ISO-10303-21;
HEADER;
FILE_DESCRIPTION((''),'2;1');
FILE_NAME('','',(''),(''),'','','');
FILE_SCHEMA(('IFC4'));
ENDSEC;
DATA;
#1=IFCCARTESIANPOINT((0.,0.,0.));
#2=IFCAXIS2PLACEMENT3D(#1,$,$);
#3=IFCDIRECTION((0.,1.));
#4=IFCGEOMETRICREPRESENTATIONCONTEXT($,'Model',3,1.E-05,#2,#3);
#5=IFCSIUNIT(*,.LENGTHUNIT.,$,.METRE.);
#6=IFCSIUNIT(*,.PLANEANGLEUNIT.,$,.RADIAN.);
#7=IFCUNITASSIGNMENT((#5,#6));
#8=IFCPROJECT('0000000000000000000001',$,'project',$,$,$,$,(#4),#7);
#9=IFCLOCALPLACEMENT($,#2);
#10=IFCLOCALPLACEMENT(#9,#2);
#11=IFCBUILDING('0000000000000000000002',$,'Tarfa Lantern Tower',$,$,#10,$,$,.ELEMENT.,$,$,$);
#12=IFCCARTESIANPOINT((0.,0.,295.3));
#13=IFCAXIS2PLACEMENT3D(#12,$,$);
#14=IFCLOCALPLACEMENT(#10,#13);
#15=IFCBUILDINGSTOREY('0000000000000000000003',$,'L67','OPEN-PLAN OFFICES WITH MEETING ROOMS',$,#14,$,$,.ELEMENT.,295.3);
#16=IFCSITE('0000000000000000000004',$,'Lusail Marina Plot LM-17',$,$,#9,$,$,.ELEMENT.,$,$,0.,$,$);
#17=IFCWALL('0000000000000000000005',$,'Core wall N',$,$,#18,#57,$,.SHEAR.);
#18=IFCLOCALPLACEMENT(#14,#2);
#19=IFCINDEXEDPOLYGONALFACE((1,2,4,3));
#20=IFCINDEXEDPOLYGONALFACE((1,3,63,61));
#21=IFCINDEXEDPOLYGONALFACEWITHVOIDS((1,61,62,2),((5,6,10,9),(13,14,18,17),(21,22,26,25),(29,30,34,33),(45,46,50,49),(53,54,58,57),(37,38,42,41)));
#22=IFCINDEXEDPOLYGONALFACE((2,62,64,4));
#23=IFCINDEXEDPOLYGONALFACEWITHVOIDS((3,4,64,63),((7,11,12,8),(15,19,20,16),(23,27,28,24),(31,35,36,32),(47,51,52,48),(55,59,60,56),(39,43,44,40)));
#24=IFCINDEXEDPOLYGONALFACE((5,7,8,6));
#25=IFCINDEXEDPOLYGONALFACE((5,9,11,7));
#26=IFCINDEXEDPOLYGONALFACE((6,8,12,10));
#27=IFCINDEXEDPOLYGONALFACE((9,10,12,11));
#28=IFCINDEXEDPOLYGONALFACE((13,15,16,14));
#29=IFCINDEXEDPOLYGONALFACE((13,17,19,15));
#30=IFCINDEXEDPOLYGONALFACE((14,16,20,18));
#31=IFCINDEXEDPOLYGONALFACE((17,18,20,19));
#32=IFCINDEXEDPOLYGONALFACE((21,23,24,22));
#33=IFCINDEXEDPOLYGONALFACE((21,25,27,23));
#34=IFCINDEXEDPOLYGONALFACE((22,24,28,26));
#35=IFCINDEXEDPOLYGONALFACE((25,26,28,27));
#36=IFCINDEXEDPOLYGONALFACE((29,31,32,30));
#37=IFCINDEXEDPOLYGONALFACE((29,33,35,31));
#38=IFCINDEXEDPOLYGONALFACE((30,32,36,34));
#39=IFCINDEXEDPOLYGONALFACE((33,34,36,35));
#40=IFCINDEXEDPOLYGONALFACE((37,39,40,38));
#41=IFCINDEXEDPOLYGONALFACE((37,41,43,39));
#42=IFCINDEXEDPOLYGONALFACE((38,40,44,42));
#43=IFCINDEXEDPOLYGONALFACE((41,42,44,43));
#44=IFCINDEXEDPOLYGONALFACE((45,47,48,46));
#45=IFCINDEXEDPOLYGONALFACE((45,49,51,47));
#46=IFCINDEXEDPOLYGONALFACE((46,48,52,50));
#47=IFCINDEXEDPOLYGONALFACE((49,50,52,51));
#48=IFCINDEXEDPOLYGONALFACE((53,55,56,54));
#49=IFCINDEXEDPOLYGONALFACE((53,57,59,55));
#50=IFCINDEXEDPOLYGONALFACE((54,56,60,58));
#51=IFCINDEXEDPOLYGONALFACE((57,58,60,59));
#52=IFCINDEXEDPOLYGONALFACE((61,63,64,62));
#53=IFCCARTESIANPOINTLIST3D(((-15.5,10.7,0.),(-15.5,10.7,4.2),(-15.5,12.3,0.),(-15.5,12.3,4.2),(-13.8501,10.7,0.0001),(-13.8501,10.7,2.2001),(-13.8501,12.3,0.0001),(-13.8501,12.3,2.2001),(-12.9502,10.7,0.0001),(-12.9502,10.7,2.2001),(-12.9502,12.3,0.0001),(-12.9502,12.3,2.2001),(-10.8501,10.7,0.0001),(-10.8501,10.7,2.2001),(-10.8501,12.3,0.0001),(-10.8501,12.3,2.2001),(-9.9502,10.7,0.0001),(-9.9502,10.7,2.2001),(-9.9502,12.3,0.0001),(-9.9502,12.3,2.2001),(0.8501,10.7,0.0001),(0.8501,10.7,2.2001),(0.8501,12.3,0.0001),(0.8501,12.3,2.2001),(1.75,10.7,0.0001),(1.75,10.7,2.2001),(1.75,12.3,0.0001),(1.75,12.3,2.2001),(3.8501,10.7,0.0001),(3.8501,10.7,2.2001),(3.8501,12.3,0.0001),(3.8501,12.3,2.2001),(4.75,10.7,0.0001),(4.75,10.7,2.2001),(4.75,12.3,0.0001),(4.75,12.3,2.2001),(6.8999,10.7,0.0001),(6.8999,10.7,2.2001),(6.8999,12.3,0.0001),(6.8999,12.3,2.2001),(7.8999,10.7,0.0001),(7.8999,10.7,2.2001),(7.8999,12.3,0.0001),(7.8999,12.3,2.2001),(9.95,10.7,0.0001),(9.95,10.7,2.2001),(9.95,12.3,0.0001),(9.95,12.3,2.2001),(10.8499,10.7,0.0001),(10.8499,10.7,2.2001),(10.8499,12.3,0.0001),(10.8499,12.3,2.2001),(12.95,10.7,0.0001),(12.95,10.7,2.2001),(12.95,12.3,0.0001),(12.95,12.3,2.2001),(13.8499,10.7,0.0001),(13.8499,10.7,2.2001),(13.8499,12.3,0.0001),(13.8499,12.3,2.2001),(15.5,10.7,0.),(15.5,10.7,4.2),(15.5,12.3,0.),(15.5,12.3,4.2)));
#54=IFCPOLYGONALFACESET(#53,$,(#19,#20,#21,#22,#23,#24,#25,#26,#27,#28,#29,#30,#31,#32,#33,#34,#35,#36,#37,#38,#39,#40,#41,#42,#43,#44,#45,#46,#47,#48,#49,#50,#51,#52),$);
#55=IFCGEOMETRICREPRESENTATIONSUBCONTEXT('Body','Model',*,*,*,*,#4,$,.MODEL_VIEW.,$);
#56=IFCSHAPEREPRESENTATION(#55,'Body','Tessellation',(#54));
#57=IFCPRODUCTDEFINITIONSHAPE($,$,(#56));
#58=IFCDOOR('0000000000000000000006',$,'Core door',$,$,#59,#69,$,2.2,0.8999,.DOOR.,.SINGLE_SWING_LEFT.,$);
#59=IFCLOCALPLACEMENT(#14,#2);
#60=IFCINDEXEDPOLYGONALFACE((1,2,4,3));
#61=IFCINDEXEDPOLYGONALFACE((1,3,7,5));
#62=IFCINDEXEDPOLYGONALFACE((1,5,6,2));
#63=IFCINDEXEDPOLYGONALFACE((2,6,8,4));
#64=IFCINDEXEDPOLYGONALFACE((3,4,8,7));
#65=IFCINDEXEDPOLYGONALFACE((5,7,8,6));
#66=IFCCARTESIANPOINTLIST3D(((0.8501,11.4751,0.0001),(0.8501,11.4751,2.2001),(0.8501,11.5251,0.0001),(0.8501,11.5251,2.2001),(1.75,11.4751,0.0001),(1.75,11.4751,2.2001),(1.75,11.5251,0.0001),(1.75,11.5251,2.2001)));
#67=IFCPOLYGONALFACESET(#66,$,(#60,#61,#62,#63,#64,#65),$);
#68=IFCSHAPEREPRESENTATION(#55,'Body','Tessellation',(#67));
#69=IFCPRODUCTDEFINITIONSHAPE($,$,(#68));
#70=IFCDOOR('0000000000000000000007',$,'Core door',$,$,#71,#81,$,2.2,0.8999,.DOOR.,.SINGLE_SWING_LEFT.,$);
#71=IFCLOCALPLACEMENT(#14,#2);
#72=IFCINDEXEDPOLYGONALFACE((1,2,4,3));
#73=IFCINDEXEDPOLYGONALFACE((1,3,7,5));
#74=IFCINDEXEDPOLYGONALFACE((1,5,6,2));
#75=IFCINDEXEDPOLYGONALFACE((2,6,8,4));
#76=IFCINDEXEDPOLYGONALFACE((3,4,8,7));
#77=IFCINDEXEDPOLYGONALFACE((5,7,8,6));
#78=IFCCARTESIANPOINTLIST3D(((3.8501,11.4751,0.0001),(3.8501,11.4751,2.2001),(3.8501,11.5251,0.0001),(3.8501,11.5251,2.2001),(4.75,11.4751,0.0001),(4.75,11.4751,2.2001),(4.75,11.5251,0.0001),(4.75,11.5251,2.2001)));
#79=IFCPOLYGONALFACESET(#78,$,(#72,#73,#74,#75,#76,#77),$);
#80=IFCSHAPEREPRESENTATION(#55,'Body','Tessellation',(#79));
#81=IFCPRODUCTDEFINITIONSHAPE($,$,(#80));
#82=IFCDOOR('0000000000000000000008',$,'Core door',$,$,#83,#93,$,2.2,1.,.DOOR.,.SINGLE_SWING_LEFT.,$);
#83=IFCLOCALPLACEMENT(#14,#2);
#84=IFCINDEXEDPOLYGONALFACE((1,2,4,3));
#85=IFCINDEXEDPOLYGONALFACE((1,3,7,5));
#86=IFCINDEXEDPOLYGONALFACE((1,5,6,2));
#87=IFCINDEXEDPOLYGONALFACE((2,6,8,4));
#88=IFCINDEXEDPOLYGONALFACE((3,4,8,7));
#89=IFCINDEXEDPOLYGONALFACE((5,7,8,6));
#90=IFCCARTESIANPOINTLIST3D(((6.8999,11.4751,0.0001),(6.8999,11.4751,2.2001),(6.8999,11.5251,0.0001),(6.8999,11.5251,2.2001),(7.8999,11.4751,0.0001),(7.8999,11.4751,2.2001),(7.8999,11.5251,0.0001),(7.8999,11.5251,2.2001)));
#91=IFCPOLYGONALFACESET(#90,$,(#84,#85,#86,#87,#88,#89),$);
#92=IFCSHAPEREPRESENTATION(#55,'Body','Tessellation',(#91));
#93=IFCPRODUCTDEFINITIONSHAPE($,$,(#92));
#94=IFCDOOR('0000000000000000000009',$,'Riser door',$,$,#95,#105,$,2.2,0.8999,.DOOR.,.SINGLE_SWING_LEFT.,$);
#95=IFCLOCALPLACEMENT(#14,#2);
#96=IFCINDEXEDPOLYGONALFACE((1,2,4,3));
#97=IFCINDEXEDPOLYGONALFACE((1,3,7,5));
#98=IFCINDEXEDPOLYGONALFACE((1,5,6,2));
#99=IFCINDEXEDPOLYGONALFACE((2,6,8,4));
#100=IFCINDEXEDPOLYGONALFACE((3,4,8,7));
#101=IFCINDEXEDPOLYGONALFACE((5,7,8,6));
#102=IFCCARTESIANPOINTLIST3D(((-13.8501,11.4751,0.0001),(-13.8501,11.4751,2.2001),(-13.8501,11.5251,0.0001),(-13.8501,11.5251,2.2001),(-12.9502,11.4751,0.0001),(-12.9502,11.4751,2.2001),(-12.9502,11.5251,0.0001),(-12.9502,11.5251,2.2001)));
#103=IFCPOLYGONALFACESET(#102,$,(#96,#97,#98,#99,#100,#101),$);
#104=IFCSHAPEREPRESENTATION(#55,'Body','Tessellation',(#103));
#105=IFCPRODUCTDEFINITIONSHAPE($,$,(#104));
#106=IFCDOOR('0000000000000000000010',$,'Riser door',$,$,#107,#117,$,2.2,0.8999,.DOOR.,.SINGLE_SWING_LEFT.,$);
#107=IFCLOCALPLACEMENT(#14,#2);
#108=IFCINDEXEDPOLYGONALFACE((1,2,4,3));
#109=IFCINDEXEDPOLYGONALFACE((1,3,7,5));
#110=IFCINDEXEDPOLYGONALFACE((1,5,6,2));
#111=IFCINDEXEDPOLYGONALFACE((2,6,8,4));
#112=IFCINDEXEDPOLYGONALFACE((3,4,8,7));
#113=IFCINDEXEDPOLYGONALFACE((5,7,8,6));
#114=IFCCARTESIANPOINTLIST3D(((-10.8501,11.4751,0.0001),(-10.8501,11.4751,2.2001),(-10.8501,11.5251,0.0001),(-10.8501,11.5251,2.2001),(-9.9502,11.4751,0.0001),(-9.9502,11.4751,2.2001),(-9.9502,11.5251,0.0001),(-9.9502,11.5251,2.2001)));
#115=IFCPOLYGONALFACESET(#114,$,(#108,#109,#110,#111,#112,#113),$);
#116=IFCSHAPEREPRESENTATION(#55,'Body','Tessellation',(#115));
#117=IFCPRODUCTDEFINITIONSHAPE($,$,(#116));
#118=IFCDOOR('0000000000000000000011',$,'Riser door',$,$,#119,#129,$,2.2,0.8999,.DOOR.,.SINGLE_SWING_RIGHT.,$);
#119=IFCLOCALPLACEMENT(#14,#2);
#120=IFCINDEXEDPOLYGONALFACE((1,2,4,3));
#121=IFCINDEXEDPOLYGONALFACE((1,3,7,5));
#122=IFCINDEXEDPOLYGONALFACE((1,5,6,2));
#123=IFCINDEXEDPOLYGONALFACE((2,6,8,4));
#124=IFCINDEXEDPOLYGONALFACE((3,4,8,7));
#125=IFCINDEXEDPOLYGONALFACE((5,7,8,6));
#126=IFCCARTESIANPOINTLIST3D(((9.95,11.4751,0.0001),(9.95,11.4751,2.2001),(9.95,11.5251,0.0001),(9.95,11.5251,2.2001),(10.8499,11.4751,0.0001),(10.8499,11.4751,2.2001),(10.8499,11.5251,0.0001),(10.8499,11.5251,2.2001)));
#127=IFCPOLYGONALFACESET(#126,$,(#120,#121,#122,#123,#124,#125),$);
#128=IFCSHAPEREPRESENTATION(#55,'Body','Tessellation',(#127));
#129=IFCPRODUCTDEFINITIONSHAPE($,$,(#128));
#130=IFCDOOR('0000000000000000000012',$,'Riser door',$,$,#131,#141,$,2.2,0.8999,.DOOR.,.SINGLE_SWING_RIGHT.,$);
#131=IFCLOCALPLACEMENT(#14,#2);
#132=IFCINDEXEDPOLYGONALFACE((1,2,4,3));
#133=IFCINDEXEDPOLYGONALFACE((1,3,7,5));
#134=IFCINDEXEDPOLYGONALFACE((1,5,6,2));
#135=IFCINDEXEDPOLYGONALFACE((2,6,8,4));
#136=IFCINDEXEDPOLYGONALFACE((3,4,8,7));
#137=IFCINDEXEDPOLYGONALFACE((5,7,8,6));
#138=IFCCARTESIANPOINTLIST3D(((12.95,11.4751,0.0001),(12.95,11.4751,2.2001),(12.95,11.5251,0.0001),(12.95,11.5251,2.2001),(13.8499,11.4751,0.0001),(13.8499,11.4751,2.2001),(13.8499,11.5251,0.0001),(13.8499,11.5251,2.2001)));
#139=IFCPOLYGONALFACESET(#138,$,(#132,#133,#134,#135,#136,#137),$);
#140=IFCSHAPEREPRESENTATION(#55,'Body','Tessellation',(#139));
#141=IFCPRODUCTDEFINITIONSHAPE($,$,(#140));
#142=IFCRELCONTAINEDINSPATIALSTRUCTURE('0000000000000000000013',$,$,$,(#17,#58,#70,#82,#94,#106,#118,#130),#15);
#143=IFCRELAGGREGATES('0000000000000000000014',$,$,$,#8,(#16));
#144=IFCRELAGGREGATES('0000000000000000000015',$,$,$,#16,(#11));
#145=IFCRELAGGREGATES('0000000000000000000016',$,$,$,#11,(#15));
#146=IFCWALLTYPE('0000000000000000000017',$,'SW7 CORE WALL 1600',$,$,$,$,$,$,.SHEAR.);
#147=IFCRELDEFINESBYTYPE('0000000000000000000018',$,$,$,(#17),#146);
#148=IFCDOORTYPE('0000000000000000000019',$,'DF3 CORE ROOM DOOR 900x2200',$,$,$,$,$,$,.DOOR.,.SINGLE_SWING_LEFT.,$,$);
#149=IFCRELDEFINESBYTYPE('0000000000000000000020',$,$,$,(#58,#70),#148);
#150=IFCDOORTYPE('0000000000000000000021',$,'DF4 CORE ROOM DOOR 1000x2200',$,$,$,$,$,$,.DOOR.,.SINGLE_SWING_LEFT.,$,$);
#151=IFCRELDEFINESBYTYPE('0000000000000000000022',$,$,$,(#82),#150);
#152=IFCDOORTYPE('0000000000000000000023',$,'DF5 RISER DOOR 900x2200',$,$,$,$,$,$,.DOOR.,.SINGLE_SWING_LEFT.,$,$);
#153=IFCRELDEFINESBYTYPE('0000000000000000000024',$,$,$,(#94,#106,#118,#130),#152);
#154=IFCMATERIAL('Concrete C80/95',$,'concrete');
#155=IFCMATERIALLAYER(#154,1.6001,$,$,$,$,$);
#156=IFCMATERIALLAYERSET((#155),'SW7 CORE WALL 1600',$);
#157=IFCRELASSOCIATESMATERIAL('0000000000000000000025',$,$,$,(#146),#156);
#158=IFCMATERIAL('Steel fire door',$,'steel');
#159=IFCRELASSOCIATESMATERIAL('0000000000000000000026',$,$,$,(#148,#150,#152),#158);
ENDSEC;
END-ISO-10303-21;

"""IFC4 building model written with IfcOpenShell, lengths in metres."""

from ifc_helpers import new_model, si_unit, direction, frame, frame_2d, origin, place, context, subcontext, project, spatial, rectangle, extrude, material, layer, layer_set, type_object, element, fill, save


model = new_model("IFC4")

# Units and contexts
model_context = context("Model", 3, precision=1e-05, world=origin(), true_north=direction((0.0, 1.0)))
body_context = subcontext(model_context, "Body", "Model", "MODEL_VIEW")
ifc_project = project(units=[si_unit("LENGTHUNIT", "METRE"), si_unit("PLANEANGLEUNIT", "RADIAN")], contexts=[model_context])

# Site, building, storey
site_placement = place(None, origin())
site = spatial("IfcSite", under=ifc_project, at=site_placement, Name="Lusail Marina Plot LM-17", CompositionType="ELEMENT", RefElevation=0.0)
building_placement = place(site_placement, origin())
building = spatial("IfcBuilding", under=site, at=building_placement, Name="Tarfa Lantern Tower", CompositionType="ELEMENT")
storey_placement = place(building_placement, frame((0.0, 0.0, 295.3)))
storey = spatial("IfcBuildingStorey", under=building, at=storey_placement, Name="L67", Description="OPEN-PLAN OFFICES WITH MEETING ROOMS", CompositionType="ELEMENT", Elevation=295.3)

# Shared definitions
ifc_material_1 = material(Name="Concrete C80/95", Category="concrete")
ifc_material_2 = material(Name="Steel fire door", Category="steel")

# Wall, openings, doors
ifc_layer_1 = layer(ifc_material_1, 1.6001)
ifc_layer_set_1 = layer_set([ifc_layer_1], Name="SW7 CORE WALL 1600")
wall_type_1 = type_object("IfcWallType", Name="SW7 CORE WALL 1600", PredefinedType="SHEAR", material=ifc_layer_set_1)
wall_1_placement = place(storey_placement, frame((-15.5, 11.5, 0.0), z_axis=(0.0, 0.0, 1.0), x_axis=(1.0, 0.0, 0.0)))
wall_1 = element("IfcWall", 1, at=wall_1_placement, inside=storey, type_object=wall_type_1, Name="Core wall N", PredefinedType="SHEAR", context=body_context, shape_type="SweptSolid", body=[
    extrude(rectangle(XDim=31.0, YDim=1.6001, at=frame_2d((15.5, 0.0))), origin(), (0.0, 0.0, 1.0), 4.2),
])
opening_1_placement = place(wall_1_placement, frame((16.3501, 0.0, 0.0)))
opening_1 = element("IfcOpeningElement", 2, at=opening_1_placement, cuts=wall_1, PredefinedType="OPENING", context=body_context, shape_type="SweptSolid", body=[
    extrude(rectangle(XDim=0.8999, YDim=2.2, at=frame_2d((0.45, 1.1001))), frame((0.0, 0.8101, 0.0), z_axis=(0.0, -1.0, 0.0), x_axis=(1.0, 0.0, 0.0)), (0.0, 0.0, 1.0), 1.6201),
])
opening_2_placement = place(wall_1_placement, frame((19.3501, 0.0, 0.0)))
opening_2 = element("IfcOpeningElement", 3, at=opening_2_placement, cuts=wall_1, PredefinedType="OPENING", context=body_context, shape_type="SweptSolid", body=[
    extrude(rectangle(XDim=0.8999, YDim=2.2, at=frame_2d((0.45, 1.1001))), frame((0.0, 0.8101, 0.0), z_axis=(0.0, -1.0, 0.0), x_axis=(1.0, 0.0, 0.0)), (0.0, 0.0, 1.0), 1.6201),
])
opening_3_placement = place(wall_1_placement, frame((22.3999, 0.0, 0.0)))
opening_3 = element("IfcOpeningElement", 4, at=opening_3_placement, cuts=wall_1, PredefinedType="OPENING", context=body_context, shape_type="SweptSolid", body=[
    extrude(rectangle(XDim=1.0, YDim=2.2, at=frame_2d((0.5, 1.1001))), frame((0.0, 0.8101, 0.0), z_axis=(0.0, -1.0, 0.0), x_axis=(1.0, 0.0, 0.0)), (0.0, 0.0, 1.0), 1.6201),
])
opening_4_placement = place(wall_1_placement, frame((1.6499, 0.0, 0.0)))
opening_4 = element("IfcOpeningElement", 5, at=opening_4_placement, cuts=wall_1, PredefinedType="OPENING", context=body_context, shape_type="SweptSolid", body=[
    extrude(rectangle(XDim=0.8999, YDim=2.2, at=frame_2d((0.45, 1.1001))), frame((0.0, 0.8101, 0.0), z_axis=(0.0, -1.0, 0.0), x_axis=(1.0, 0.0, 0.0)), (0.0, 0.0, 1.0), 1.6201),
])
opening_5_placement = place(wall_1_placement, frame((4.6499, 0.0, 0.0)))
opening_5 = element("IfcOpeningElement", 6, at=opening_5_placement, cuts=wall_1, PredefinedType="OPENING", context=body_context, shape_type="SweptSolid", body=[
    extrude(rectangle(XDim=0.8999, YDim=2.2, at=frame_2d((0.45, 1.1001))), frame((0.0, 0.8101, 0.0), z_axis=(0.0, -1.0, 0.0), x_axis=(1.0, 0.0, 0.0)), (0.0, 0.0, 1.0), 1.6201),
])
opening_6_placement = place(wall_1_placement, frame((25.45, 0.0, 0.0)))
opening_6 = element("IfcOpeningElement", 7, at=opening_6_placement, cuts=wall_1, PredefinedType="OPENING", context=body_context, shape_type="SweptSolid", body=[
    extrude(rectangle(XDim=0.8999, YDim=2.2, at=frame_2d((0.45, 1.1001))), frame((0.0, 0.8101, 0.0), z_axis=(0.0, -1.0, 0.0), x_axis=(1.0, 0.0, 0.0)), (0.0, 0.0, 1.0), 1.6201),
])
opening_7_placement = place(wall_1_placement, frame((28.45, 0.0, 0.0)))
opening_7 = element("IfcOpeningElement", 8, at=opening_7_placement, cuts=wall_1, PredefinedType="OPENING", context=body_context, shape_type="SweptSolid", body=[
    extrude(rectangle(XDim=0.8999, YDim=2.2, at=frame_2d((0.45, 1.1001))), frame((0.0, 0.8101, 0.0), z_axis=(0.0, -1.0, 0.0), x_axis=(1.0, 0.0, 0.0)), (0.0, 0.0, 1.0), 1.6201),
])
door_type_1 = type_object("IfcDoorType", Name="DF3 CORE ROOM DOOR 900x2200", OperationType="SINGLE_SWING_LEFT", PredefinedType="DOOR", material=ifc_material_2)
door_1_placement = place(opening_1_placement, frame((0.8999, 0.0, 0.0), z_axis=(0.0, 0.0, 1.0), x_axis=(-1.0, 0.0, 0.0)))
door_1 = element("IfcDoor", 9, at=door_1_placement, inside=storey, type_object=door_type_1, Name="Core door", OperationType="SINGLE_SWING_LEFT", OverallHeight=2.2, OverallWidth=0.8999, PredefinedType="DOOR", context=body_context, shape_type="SweptSolid", body=[
    extrude(rectangle(XDim=0.8999, YDim=2.2, at=frame_2d((0.45, 1.1001))), frame((0.0, 0.0249, 0.0), z_axis=(0.0, -1.0, 0.0), x_axis=(1.0, 0.0, 0.0)), (0.0, 0.0, 1.0), 0.05),
])
fill(opening_1, door_1)
door_2_placement = place(opening_2_placement, frame((0.8999, 0.0, 0.0), z_axis=(0.0, 0.0, 1.0), x_axis=(-1.0, 0.0, 0.0)))
door_2 = element("IfcDoor", 10, at=door_2_placement, inside=storey, type_object=door_type_1, Name="Core door", OperationType="SINGLE_SWING_LEFT", OverallHeight=2.2, OverallWidth=0.8999, PredefinedType="DOOR", context=body_context, shape_type="SweptSolid", body=[
    extrude(rectangle(XDim=0.8999, YDim=2.2, at=frame_2d((0.45, 1.1001))), frame((0.0, 0.0249, 0.0), z_axis=(0.0, -1.0, 0.0), x_axis=(1.0, 0.0, 0.0)), (0.0, 0.0, 1.0), 0.05),
])
fill(opening_2, door_2)
door_type_2 = type_object("IfcDoorType", Name="DF4 CORE ROOM DOOR 1000x2200", OperationType="SINGLE_SWING_LEFT", PredefinedType="DOOR", material=ifc_material_2)
door_3_placement = place(opening_3_placement, frame((1.0, 0.0, 0.0), z_axis=(0.0, 0.0, 1.0), x_axis=(-1.0, 0.0, 0.0)))
door_3 = element("IfcDoor", 11, at=door_3_placement, inside=storey, type_object=door_type_2, Name="Core door", OperationType="SINGLE_SWING_LEFT", OverallHeight=2.2, OverallWidth=1.0, PredefinedType="DOOR", context=body_context, shape_type="SweptSolid", body=[
    extrude(rectangle(XDim=1.0, YDim=2.2, at=frame_2d((0.5, 1.1001))), frame((0.0, 0.0249, 0.0), z_axis=(0.0, -1.0, 0.0), x_axis=(1.0, 0.0, 0.0)), (0.0, 0.0, 1.0), 0.05),
])
fill(opening_3, door_3)
door_type_3 = type_object("IfcDoorType", Name="DF5 RISER DOOR 900x2200", OperationType="SINGLE_SWING_LEFT", PredefinedType="DOOR", material=ifc_material_2)
door_4_placement = place(opening_4_placement, frame((0.8999, 0.0, 0.0), z_axis=(0.0, 0.0, 1.0), x_axis=(-1.0, 0.0, 0.0)))
door_4 = element("IfcDoor", 12, at=door_4_placement, inside=storey, type_object=door_type_3, Name="Riser door", OperationType="SINGLE_SWING_LEFT", OverallHeight=2.2, OverallWidth=0.8999, PredefinedType="DOOR", context=body_context, shape_type="SweptSolid", body=[
    extrude(rectangle(XDim=0.8999, YDim=2.2, at=frame_2d((0.45, 1.1001))), frame((0.0, 0.0249, 0.0), z_axis=(0.0, -1.0, 0.0), x_axis=(1.0, 0.0, 0.0)), (0.0, 0.0, 1.0), 0.05),
])
fill(opening_4, door_4)
door_5_placement = place(opening_5_placement, frame((0.8999, 0.0, 0.0), z_axis=(0.0, 0.0, 1.0), x_axis=(-1.0, 0.0, 0.0)))
door_5 = element("IfcDoor", 13, at=door_5_placement, inside=storey, type_object=door_type_3, Name="Riser door", OperationType="SINGLE_SWING_LEFT", OverallHeight=2.2, OverallWidth=0.8999, PredefinedType="DOOR", context=body_context, shape_type="SweptSolid", body=[
    extrude(rectangle(XDim=0.8999, YDim=2.2, at=frame_2d((0.45, 1.1001))), frame((0.0, 0.0249, 0.0), z_axis=(0.0, -1.0, 0.0), x_axis=(1.0, 0.0, 0.0)), (0.0, 0.0, 1.0), 0.05),
])
fill(opening_5, door_5)
door_6_placement = place(opening_6_placement, frame((0.8999, 0.0, 0.0), z_axis=(0.0, 0.0, 1.0), x_axis=(-1.0, 0.0, 0.0)))
door_6 = element("IfcDoor", 14, at=door_6_placement, inside=storey, type_object=door_type_3, Name="Riser door", OperationType="SINGLE_SWING_RIGHT", OverallHeight=2.2, OverallWidth=0.8999, PredefinedType="DOOR", context=body_context, shape_type="SweptSolid", body=[
    extrude(rectangle(XDim=0.8999, YDim=2.2, at=frame_2d((0.45, 1.1001))), frame((0.0, 0.0249, 0.0), z_axis=(0.0, -1.0, 0.0), x_axis=(1.0, 0.0, 0.0)), (0.0, 0.0, 1.0), 0.05),
])
fill(opening_6, door_6)
door_7_placement = place(opening_7_placement, frame((0.8999, 0.0, 0.0), z_axis=(0.0, 0.0, 1.0), x_axis=(-1.0, 0.0, 0.0)))
door_7 = element("IfcDoor", 15, at=door_7_placement, inside=storey, type_object=door_type_3, Name="Riser door", OperationType="SINGLE_SWING_RIGHT", OverallHeight=2.2, OverallWidth=0.8999, PredefinedType="DOOR", context=body_context, shape_type="SweptSolid", body=[
    extrude(rectangle(XDim=0.8999, YDim=2.2, at=frame_2d((0.45, 1.1001))), frame((0.0, 0.0249, 0.0), z_axis=(0.0, -1.0, 0.0), x_axis=(1.0, 0.0, 0.0)), (0.0, 0.0, 1.0), 0.05),
])
fill(opening_7, door_7)

save(model, "model.ifc")
